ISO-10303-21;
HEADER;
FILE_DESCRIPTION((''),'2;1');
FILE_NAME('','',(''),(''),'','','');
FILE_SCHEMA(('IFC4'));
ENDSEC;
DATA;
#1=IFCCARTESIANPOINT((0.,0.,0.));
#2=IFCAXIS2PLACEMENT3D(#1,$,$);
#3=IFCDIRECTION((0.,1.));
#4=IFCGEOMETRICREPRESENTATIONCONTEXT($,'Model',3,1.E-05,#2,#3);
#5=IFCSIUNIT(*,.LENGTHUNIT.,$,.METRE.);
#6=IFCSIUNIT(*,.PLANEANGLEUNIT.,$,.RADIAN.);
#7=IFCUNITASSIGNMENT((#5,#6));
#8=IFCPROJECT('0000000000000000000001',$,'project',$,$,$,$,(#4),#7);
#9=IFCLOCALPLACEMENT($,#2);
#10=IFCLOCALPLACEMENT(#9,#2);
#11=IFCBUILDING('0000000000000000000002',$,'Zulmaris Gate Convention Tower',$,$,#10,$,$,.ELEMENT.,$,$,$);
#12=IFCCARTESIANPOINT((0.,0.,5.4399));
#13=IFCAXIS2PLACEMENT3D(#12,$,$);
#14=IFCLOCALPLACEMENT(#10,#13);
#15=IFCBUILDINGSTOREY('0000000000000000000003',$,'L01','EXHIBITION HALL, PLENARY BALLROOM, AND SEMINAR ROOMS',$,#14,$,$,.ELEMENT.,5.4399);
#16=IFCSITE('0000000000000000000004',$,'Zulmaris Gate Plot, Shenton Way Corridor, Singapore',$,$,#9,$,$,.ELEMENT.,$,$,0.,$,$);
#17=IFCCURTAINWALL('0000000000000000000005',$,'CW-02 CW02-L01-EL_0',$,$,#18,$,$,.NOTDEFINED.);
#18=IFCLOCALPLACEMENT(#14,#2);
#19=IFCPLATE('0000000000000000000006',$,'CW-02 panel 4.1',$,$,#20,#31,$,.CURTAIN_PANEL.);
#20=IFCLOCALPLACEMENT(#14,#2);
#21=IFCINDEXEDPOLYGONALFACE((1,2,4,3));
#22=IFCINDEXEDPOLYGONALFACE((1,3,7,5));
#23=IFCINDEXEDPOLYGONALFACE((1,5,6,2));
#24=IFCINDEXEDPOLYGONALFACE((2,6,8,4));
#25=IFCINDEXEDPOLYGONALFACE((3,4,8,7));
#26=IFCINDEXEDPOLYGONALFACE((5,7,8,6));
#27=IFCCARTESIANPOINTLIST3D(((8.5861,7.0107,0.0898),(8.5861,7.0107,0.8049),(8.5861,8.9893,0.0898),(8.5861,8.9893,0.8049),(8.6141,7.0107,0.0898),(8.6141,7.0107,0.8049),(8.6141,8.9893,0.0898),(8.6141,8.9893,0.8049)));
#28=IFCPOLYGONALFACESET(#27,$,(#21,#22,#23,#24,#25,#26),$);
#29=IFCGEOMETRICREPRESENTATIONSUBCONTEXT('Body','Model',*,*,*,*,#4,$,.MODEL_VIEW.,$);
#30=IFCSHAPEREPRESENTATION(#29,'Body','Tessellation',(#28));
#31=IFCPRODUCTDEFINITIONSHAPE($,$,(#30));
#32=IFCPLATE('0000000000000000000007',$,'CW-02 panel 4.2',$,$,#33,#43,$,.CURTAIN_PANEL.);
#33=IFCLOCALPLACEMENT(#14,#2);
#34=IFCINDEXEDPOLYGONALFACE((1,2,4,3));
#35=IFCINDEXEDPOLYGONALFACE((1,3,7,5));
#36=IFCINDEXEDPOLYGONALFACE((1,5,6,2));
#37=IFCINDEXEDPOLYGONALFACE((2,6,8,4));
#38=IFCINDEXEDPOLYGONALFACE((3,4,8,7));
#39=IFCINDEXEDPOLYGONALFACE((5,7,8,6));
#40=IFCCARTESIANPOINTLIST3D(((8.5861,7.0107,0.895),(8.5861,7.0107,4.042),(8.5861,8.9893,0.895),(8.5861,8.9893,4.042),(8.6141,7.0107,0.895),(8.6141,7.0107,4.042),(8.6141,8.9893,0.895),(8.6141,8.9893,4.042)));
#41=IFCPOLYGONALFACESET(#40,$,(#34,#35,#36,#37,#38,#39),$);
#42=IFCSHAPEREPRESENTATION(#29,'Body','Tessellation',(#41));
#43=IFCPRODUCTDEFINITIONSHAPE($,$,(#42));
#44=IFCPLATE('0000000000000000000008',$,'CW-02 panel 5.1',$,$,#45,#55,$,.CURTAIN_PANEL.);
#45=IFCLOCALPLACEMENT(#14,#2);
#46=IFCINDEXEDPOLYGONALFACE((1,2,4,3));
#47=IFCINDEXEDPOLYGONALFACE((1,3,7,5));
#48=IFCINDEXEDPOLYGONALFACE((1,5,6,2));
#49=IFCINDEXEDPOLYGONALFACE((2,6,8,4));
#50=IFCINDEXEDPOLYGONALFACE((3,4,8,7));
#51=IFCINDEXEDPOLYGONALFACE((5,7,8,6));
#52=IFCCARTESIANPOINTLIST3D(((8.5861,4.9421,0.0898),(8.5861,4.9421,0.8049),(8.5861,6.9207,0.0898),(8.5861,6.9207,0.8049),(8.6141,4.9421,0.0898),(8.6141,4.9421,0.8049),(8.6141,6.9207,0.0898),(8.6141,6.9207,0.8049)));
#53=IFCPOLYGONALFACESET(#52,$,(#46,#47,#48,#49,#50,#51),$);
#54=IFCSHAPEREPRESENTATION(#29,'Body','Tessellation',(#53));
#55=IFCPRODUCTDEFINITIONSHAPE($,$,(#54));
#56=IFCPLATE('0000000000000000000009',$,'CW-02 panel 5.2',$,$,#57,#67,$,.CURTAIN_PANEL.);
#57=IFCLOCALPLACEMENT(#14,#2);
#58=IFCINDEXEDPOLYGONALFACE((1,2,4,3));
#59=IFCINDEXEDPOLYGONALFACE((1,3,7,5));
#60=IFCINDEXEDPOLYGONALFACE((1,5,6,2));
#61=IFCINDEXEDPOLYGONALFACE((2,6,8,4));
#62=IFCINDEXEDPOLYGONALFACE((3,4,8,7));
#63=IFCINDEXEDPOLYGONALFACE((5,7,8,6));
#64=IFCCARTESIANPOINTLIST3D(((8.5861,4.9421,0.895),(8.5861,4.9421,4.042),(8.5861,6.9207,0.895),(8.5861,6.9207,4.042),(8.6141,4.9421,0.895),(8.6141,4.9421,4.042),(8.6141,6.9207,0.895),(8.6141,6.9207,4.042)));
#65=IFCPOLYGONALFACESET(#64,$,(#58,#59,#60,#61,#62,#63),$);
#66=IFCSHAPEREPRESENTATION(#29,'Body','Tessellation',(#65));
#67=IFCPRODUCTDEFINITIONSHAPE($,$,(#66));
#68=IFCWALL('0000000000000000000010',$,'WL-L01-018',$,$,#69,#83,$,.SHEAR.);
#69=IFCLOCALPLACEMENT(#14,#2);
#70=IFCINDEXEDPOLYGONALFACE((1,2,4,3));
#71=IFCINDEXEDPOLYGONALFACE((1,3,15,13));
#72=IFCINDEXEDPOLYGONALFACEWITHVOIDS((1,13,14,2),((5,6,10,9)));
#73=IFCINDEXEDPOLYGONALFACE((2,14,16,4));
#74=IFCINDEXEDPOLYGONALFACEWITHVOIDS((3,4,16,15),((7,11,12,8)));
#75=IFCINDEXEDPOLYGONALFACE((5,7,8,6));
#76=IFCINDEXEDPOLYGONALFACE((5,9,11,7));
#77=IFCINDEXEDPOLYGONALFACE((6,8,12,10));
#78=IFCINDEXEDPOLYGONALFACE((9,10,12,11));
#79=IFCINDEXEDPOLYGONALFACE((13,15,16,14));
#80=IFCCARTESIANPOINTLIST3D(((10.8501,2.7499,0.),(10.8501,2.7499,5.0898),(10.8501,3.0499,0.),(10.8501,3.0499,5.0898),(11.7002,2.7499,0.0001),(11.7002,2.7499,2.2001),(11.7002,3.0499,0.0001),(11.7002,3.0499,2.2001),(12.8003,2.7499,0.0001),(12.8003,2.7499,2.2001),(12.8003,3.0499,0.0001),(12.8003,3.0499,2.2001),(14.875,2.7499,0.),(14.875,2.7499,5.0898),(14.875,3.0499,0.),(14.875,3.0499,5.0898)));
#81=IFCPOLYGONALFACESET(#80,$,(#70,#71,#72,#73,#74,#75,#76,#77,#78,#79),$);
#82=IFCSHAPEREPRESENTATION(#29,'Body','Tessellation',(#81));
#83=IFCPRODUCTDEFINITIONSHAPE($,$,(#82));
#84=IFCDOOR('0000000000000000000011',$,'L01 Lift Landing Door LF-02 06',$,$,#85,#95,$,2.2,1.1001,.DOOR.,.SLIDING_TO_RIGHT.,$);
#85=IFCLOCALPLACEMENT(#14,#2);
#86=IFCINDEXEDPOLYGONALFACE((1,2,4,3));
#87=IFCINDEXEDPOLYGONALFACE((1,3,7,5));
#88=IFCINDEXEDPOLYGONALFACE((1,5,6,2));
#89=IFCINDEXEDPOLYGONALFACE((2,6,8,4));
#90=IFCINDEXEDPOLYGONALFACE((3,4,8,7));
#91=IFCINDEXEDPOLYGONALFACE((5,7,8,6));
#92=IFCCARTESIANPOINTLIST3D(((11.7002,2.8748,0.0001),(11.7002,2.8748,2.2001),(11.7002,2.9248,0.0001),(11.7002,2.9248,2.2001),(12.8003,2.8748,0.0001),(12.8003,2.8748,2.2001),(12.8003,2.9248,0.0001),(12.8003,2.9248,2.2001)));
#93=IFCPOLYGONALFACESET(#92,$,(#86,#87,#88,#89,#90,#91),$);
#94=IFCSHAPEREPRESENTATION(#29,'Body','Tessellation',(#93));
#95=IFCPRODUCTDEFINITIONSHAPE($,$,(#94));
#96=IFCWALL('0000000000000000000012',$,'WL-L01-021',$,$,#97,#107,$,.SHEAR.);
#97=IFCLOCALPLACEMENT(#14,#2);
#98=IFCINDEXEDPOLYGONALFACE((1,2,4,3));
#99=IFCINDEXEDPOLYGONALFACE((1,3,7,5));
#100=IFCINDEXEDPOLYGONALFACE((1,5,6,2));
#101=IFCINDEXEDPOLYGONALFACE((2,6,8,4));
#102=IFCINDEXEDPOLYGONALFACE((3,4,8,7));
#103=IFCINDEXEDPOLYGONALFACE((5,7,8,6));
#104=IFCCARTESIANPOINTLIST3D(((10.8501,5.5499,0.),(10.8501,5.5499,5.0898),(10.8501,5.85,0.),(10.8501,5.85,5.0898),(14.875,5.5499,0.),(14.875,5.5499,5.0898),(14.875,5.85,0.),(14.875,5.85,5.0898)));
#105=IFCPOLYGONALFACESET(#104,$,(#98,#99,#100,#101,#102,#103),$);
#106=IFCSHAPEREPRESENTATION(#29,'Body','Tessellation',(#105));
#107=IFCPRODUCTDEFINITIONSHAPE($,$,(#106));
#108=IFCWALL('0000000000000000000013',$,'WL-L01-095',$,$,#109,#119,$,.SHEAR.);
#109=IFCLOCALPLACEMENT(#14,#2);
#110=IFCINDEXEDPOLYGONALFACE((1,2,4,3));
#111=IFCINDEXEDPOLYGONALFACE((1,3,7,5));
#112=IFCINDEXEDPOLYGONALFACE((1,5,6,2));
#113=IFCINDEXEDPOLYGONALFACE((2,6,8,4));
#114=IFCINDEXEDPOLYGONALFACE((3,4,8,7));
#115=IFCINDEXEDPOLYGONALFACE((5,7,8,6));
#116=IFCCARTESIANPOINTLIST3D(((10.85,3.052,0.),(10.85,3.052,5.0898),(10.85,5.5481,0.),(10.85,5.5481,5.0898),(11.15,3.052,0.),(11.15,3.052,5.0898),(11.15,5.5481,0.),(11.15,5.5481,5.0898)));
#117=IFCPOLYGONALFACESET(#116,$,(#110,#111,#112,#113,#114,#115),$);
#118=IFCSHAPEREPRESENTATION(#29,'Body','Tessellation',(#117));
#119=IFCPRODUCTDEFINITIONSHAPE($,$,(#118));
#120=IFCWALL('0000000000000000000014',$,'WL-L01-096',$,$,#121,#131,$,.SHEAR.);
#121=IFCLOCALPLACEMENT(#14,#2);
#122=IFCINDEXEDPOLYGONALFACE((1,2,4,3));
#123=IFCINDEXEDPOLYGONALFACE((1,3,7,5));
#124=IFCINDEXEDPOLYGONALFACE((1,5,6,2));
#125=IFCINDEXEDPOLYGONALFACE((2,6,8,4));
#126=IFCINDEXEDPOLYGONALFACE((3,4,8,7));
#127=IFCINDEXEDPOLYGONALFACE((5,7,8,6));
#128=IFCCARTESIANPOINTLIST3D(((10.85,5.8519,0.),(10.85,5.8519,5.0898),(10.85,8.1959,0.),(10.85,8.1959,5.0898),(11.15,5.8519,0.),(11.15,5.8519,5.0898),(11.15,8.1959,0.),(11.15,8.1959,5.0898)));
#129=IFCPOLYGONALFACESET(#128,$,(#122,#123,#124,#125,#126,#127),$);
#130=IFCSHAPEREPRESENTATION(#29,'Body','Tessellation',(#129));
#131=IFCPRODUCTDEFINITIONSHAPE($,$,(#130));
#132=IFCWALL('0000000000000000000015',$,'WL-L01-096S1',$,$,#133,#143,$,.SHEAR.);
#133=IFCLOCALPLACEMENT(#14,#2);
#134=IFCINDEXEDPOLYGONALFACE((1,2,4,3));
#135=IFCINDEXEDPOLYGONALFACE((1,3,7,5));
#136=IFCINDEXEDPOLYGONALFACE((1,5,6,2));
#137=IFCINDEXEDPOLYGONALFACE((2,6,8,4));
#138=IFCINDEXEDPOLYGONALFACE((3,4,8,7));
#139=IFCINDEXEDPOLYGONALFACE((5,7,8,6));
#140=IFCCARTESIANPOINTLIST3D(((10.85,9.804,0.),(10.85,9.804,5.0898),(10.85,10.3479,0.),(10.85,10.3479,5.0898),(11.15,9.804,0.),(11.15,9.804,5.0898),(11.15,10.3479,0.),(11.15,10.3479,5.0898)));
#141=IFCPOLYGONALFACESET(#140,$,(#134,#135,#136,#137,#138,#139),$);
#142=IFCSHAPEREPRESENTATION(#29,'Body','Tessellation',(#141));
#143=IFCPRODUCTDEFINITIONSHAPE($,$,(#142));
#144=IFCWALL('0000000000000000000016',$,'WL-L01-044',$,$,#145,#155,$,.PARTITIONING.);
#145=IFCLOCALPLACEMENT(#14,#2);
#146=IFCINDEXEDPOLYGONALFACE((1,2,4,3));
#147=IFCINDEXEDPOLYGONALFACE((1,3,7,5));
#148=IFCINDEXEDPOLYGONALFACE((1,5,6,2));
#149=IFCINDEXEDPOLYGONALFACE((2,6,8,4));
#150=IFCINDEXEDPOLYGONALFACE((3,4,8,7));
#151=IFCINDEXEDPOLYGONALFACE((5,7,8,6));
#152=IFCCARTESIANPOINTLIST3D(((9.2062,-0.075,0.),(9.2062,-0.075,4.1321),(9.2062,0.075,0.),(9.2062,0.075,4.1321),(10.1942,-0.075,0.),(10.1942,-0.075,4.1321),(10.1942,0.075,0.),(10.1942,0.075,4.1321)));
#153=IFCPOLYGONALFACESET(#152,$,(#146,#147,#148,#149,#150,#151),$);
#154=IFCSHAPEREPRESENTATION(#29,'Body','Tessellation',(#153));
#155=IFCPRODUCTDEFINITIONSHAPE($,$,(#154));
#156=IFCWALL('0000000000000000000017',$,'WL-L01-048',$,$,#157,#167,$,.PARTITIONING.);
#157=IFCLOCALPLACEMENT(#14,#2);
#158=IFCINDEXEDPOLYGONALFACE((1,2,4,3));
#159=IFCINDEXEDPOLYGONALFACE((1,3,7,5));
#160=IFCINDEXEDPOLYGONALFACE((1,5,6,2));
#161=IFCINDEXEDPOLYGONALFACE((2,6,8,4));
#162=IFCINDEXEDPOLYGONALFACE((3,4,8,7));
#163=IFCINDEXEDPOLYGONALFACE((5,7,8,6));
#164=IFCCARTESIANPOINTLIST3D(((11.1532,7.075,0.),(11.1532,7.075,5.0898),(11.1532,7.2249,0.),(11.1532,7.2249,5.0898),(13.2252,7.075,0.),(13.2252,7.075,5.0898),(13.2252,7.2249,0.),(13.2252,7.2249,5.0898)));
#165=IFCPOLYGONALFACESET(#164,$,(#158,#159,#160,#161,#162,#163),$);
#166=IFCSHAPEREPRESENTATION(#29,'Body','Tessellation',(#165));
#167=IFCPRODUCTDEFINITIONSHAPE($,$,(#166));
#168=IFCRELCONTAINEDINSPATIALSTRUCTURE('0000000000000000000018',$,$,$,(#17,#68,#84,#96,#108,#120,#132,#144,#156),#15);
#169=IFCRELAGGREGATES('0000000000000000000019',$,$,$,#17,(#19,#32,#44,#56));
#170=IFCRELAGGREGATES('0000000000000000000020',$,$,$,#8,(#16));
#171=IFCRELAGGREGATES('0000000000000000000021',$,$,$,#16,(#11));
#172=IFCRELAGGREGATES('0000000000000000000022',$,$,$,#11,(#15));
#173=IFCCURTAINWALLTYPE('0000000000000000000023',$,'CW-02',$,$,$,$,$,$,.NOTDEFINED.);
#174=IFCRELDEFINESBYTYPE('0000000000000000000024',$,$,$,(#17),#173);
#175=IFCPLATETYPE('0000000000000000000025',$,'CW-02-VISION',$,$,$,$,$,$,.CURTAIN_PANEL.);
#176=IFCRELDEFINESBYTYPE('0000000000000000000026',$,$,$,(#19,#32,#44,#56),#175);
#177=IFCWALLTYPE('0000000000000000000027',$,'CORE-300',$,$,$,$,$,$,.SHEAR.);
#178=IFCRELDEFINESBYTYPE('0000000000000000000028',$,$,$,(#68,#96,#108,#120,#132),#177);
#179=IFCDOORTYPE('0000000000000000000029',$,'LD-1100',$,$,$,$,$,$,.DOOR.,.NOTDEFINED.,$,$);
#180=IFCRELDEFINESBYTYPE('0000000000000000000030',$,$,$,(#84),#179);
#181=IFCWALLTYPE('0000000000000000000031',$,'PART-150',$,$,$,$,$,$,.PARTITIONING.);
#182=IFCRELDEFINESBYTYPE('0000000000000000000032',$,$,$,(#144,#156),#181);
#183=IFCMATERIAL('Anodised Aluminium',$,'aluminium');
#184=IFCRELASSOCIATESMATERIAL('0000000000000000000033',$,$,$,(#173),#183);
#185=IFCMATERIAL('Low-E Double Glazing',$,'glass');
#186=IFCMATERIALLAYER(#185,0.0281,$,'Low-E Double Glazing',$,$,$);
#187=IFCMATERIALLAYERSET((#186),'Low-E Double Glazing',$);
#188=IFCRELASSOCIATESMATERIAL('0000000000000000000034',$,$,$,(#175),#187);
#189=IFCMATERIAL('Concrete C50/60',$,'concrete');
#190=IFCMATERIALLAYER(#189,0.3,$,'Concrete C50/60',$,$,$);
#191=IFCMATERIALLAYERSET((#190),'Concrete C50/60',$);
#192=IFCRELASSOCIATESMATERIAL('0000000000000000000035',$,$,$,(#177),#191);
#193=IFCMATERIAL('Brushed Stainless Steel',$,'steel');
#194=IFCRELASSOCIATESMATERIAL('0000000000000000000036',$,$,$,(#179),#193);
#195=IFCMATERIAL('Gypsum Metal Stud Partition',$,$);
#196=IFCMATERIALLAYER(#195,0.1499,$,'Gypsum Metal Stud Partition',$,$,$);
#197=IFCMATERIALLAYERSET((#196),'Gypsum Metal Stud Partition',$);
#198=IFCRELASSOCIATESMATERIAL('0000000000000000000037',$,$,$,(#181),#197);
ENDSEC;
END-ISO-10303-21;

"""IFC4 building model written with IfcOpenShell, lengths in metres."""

from ifc_helpers import new_model, si_unit, direction, frame, frame_2d, origin, origin_2d, place, context, subcontext, project, spatial, rectangle, extrude, material, layer, layer_set, type_object, element, fill, aggregate, save


model = new_model("IFC4")

# Units and contexts
model_context = context("Model", 3, precision=1e-05, world=origin(), true_north=direction((0.0, 1.0)))
body_context = subcontext(model_context, "Body", "Model", "MODEL_VIEW")
ifc_project = project(units=[si_unit("LENGTHUNIT", "METRE"), si_unit("PLANEANGLEUNIT", "RADIAN")], contexts=[model_context])

# Site, building, storey
site_placement = place(None, origin())
site = spatial("IfcSite", under=ifc_project, at=site_placement, Name="Zulmaris Gate Plot, Shenton Way Corridor, Singapore", CompositionType="ELEMENT", RefElevation=0.0)
building_placement = place(site_placement, origin())
building = spatial("IfcBuilding", under=site, at=building_placement, Name="Zulmaris Gate Convention Tower", CompositionType="ELEMENT")
storey_placement = place(building_placement, frame((0.0, 0.0, 5.4399)))
storey = spatial("IfcBuildingStorey", under=building, at=storey_placement, Name="L01", Description="EXHIBITION HALL, PLENARY BALLROOM, AND SEMINAR ROOMS", CompositionType="ELEMENT", Elevation=5.4399)

# Curtain wall, plates
ifc_material_1 = material(Name="Anodised Aluminium", Category="aluminium")
curtain_wall_type = type_object("IfcCurtainWallType", Name="CW-02", PredefinedType="NOTDEFINED", material=ifc_material_1)
curtain_wall_placement = place(storey_placement, origin())
curtain_wall = element("IfcCurtainWall", 1, at=curtain_wall_placement, inside=storey, type_object=curtain_wall_type, Name="CW-02 CW02-L01-EL_0", PredefinedType="NOTDEFINED")
ifc_material_2 = material(Name="Low-E Double Glazing", Category="glass")
ifc_layer_1 = layer(ifc_material_2, 0.0281, Name="Low-E Double Glazing")
ifc_layer_set_1 = layer_set([ifc_layer_1], Name="Low-E Double Glazing")
plate_type = type_object("IfcPlateType", Name="CW-02-VISION", PredefinedType="CURTAIN_PANEL", material=ifc_layer_set_1)
plate_1_placement = place(storey_placement, frame((8.6001, 8.0, 0.0898), z_axis=(0.0, 0.0, 1.0), x_axis=(0.0, -1.0, 0.0)))
plate_1 = element("IfcPlate", 2, at=plate_1_placement, type_object=plate_type, Name="CW-02 panel 4.1", PredefinedType="CURTAIN_PANEL", context=body_context, shape_type="SweptSolid", body=[
    extrude(rectangle(XDim=1.9785, YDim=0.0281, at=origin_2d()), origin(), (0.0, 0.0, 1.0), 0.7151),
])
plate_2_placement = place(storey_placement, frame((8.6001, 8.0, 0.895), z_axis=(0.0, 0.0, 1.0), x_axis=(0.0, -1.0, 0.0)))
plate_2 = element("IfcPlate", 3, at=plate_2_placement, type_object=plate_type, Name="CW-02 panel 4.2", PredefinedType="CURTAIN_PANEL", context=body_context, shape_type="SweptSolid", body=[
    extrude(rectangle(XDim=1.9785, YDim=0.0281, at=origin_2d()), origin(), (0.0, 0.0, 1.0), 3.147),
])
plate_3_placement = place(storey_placement, frame((8.6001, 5.9314, 0.0898), z_axis=(0.0, 0.0, 1.0), x_axis=(0.0, -1.0, 0.0)))
plate_3 = element("IfcPlate", 4, at=plate_3_placement, type_object=plate_type, Name="CW-02 panel 5.1", PredefinedType="CURTAIN_PANEL", context=body_context, shape_type="SweptSolid", body=[
    extrude(rectangle(XDim=1.9785, YDim=0.0281, at=origin_2d()), origin(), (0.0, 0.0, 1.0), 0.7151),
])
plate_4_placement = place(storey_placement, frame((8.6001, 5.9314, 0.895), z_axis=(0.0, 0.0, 1.0), x_axis=(0.0, -1.0, 0.0)))
plate_4 = element("IfcPlate", 5, at=plate_4_placement, type_object=plate_type, Name="CW-02 panel 5.2", PredefinedType="CURTAIN_PANEL", context=body_context, shape_type="SweptSolid", body=[
    extrude(rectangle(XDim=1.9785, YDim=0.0281, at=origin_2d()), origin(), (0.0, 0.0, 1.0), 3.147),
])
aggregate(curtain_wall, [plate_1, plate_2, plate_3, plate_4])

# Wall, opening, door
ifc_material_3 = material(Name="Concrete C50/60", Category="concrete")
ifc_layer_2 = layer(ifc_material_3, 0.3, Name="Concrete C50/60")
ifc_layer_set_2 = layer_set([ifc_layer_2], Name="Concrete C50/60")
wall_type_1 = type_object("IfcWallType", Name="CORE-300", PredefinedType="SHEAR", material=ifc_layer_set_2)
wall_1_placement = place(storey_placement, frame((10.8501, 2.8999, 0.0), z_axis=(0.0, 0.0, 1.0), x_axis=(1.0, 0.0, 0.0)))
wall_1 = element("IfcWall", 6, at=wall_1_placement, inside=storey, type_object=wall_type_1, Name="WL-L01-018", PredefinedType="SHEAR", context=body_context, shape_type="SweptSolid", body=[
    extrude(rectangle(XDim=4.0249, YDim=0.3, at=frame_2d((2.0125, 0.0))), origin(), (0.0, 0.0, 1.0), 5.0898),
])
opening_1_placement = place(wall_1_placement, frame((0.8501, 0.0, 0.0)))
opening_1 = element("IfcOpeningElement", 7, at=opening_1_placement, cuts=wall_1, PredefinedType="OPENING", context=body_context, shape_type="SweptSolid", body=[
    extrude(rectangle(XDim=1.1001, YDim=2.2, at=frame_2d((0.55, 1.1001))), frame((0.0, 0.1602, 0.0), z_axis=(0.0, -1.0, 0.0), x_axis=(1.0, 0.0, 0.0)), (0.0, 0.0, 1.0), 0.3201),
])
ifc_material_4 = material(Name="Brushed Stainless Steel", Category="steel")
door_type_1 = type_object("IfcDoorType", Name="LD-1100", OperationType="NOTDEFINED", PredefinedType="DOOR", material=ifc_material_4)
door_1_placement = place(opening_1_placement, origin())
door_1 = element("IfcDoor", 8, at=door_1_placement, inside=storey, type_object=door_type_1, Name="L01 Lift Landing Door LF-02 06", OperationType="SLIDING_TO_RIGHT", OverallHeight=2.2, OverallWidth=1.1001, PredefinedType="DOOR", context=body_context, shape_type="SweptSolid", body=[
    extrude(rectangle(XDim=1.1001, YDim=2.2, at=frame_2d((0.55, 1.1001))), frame((0.0, 0.0249, 0.0), z_axis=(0.0, -1.0, 0.0), x_axis=(1.0, 0.0, 0.0)), (0.0, 0.0, 1.0), 0.05),
])
fill(opening_1, door_1)

# Wall
wall_2_placement = place(storey_placement, frame((10.8501, 5.7, 0.0), z_axis=(0.0, 0.0, 1.0), x_axis=(1.0, 0.0, 0.0)))
element("IfcWall", 9, at=wall_2_placement, inside=storey, type_object=wall_type_1, Name="WL-L01-021", PredefinedType="SHEAR", context=body_context, shape_type="SweptSolid", body=[
    extrude(rectangle(XDim=4.0249, YDim=0.3, at=frame_2d((2.0125, 0.0))), origin(), (0.0, 0.0, 1.0), 5.0898),
])

# Walls
wall_3_placement = place(storey_placement, frame((11.0, 3.052, 0.0), z_axis=(0.0, 0.0, 1.0), x_axis=(0.0, 1.0, 0.0)))
element("IfcWall", 10, at=wall_3_placement, inside=storey, type_object=wall_type_1, Name="WL-L01-095", PredefinedType="SHEAR", context=body_context, shape_type="SweptSolid", body=[
    extrude(rectangle(XDim=2.4961, YDim=0.3, at=frame_2d((1.248, 0.0))), origin(), (0.0, 0.0, 1.0), 5.0898),
])
wall_4_placement = place(storey_placement, frame((11.0, 5.8521, 0.0), z_axis=(0.0, 0.0, 1.0), x_axis=(0.0, 1.0, 0.0)))
element("IfcWall", 11, at=wall_4_placement, inside=storey, type_object=wall_type_1, Name="WL-L01-096", PredefinedType="SHEAR", context=body_context, shape_type="SweptSolid", body=[
    extrude(rectangle(XDim=2.344, YDim=0.3, at=frame_2d((1.1719, 0.0))), origin(), (0.0, 0.0, 1.0), 5.0898),
])
wall_5_placement = place(storey_placement, frame((11.0, 9.804, 0.0), z_axis=(0.0, 0.0, 1.0), x_axis=(0.0, 1.0, 0.0)))
element("IfcWall", 12, at=wall_5_placement, inside=storey, type_object=wall_type_1, Name="WL-L01-096S1", PredefinedType="SHEAR", context=body_context, shape_type="SweptSolid", body=[
    extrude(rectangle(XDim=0.5439, YDim=0.3, at=frame_2d((0.272, 0.0))), origin(), (0.0, 0.0, 1.0), 5.0898),
])
ifc_material_5 = material(Name="Gypsum Metal Stud Partition")
ifc_layer_3 = layer(ifc_material_5, 0.1499, Name="Gypsum Metal Stud Partition")
ifc_layer_set_3 = layer_set([ifc_layer_3], Name="Gypsum Metal Stud Partition")
wall_type_2 = type_object("IfcWallType", Name="PART-150", PredefinedType="PARTITIONING", material=ifc_layer_set_3)
wall_6_placement = place(storey_placement, frame((9.2061, 0.0, 0.0), z_axis=(0.0, 0.0, 1.0), x_axis=(1.0, 0.0, 0.0)))
element("IfcWall", 13, at=wall_6_placement, inside=storey, type_object=wall_type_2, Name="WL-L01-044", PredefinedType="PARTITIONING", context=body_context, shape_type="SweptSolid", body=[
    extrude(rectangle(XDim=0.988, YDim=0.1499, at=frame_2d((0.4941, 0.0))), origin(), (0.0, 0.0, 1.0), 4.1321),
])
wall_7_placement = place(storey_placement, frame((11.1531, 7.1499, 0.0), z_axis=(0.0, 0.0, 1.0), x_axis=(1.0, 0.0, 0.0)))
element("IfcWall", 14, at=wall_7_placement, inside=storey, type_object=wall_type_2, Name="WL-L01-048", PredefinedType="PARTITIONING", context=body_context, shape_type="SweptSolid", body=[
    extrude(rectangle(XDim=2.072, YDim=0.1499, at=frame_2d((1.0361, 0.0))), origin(), (0.0, 0.0, 1.0), 5.0898),
])

save(model, "model.ifc")
